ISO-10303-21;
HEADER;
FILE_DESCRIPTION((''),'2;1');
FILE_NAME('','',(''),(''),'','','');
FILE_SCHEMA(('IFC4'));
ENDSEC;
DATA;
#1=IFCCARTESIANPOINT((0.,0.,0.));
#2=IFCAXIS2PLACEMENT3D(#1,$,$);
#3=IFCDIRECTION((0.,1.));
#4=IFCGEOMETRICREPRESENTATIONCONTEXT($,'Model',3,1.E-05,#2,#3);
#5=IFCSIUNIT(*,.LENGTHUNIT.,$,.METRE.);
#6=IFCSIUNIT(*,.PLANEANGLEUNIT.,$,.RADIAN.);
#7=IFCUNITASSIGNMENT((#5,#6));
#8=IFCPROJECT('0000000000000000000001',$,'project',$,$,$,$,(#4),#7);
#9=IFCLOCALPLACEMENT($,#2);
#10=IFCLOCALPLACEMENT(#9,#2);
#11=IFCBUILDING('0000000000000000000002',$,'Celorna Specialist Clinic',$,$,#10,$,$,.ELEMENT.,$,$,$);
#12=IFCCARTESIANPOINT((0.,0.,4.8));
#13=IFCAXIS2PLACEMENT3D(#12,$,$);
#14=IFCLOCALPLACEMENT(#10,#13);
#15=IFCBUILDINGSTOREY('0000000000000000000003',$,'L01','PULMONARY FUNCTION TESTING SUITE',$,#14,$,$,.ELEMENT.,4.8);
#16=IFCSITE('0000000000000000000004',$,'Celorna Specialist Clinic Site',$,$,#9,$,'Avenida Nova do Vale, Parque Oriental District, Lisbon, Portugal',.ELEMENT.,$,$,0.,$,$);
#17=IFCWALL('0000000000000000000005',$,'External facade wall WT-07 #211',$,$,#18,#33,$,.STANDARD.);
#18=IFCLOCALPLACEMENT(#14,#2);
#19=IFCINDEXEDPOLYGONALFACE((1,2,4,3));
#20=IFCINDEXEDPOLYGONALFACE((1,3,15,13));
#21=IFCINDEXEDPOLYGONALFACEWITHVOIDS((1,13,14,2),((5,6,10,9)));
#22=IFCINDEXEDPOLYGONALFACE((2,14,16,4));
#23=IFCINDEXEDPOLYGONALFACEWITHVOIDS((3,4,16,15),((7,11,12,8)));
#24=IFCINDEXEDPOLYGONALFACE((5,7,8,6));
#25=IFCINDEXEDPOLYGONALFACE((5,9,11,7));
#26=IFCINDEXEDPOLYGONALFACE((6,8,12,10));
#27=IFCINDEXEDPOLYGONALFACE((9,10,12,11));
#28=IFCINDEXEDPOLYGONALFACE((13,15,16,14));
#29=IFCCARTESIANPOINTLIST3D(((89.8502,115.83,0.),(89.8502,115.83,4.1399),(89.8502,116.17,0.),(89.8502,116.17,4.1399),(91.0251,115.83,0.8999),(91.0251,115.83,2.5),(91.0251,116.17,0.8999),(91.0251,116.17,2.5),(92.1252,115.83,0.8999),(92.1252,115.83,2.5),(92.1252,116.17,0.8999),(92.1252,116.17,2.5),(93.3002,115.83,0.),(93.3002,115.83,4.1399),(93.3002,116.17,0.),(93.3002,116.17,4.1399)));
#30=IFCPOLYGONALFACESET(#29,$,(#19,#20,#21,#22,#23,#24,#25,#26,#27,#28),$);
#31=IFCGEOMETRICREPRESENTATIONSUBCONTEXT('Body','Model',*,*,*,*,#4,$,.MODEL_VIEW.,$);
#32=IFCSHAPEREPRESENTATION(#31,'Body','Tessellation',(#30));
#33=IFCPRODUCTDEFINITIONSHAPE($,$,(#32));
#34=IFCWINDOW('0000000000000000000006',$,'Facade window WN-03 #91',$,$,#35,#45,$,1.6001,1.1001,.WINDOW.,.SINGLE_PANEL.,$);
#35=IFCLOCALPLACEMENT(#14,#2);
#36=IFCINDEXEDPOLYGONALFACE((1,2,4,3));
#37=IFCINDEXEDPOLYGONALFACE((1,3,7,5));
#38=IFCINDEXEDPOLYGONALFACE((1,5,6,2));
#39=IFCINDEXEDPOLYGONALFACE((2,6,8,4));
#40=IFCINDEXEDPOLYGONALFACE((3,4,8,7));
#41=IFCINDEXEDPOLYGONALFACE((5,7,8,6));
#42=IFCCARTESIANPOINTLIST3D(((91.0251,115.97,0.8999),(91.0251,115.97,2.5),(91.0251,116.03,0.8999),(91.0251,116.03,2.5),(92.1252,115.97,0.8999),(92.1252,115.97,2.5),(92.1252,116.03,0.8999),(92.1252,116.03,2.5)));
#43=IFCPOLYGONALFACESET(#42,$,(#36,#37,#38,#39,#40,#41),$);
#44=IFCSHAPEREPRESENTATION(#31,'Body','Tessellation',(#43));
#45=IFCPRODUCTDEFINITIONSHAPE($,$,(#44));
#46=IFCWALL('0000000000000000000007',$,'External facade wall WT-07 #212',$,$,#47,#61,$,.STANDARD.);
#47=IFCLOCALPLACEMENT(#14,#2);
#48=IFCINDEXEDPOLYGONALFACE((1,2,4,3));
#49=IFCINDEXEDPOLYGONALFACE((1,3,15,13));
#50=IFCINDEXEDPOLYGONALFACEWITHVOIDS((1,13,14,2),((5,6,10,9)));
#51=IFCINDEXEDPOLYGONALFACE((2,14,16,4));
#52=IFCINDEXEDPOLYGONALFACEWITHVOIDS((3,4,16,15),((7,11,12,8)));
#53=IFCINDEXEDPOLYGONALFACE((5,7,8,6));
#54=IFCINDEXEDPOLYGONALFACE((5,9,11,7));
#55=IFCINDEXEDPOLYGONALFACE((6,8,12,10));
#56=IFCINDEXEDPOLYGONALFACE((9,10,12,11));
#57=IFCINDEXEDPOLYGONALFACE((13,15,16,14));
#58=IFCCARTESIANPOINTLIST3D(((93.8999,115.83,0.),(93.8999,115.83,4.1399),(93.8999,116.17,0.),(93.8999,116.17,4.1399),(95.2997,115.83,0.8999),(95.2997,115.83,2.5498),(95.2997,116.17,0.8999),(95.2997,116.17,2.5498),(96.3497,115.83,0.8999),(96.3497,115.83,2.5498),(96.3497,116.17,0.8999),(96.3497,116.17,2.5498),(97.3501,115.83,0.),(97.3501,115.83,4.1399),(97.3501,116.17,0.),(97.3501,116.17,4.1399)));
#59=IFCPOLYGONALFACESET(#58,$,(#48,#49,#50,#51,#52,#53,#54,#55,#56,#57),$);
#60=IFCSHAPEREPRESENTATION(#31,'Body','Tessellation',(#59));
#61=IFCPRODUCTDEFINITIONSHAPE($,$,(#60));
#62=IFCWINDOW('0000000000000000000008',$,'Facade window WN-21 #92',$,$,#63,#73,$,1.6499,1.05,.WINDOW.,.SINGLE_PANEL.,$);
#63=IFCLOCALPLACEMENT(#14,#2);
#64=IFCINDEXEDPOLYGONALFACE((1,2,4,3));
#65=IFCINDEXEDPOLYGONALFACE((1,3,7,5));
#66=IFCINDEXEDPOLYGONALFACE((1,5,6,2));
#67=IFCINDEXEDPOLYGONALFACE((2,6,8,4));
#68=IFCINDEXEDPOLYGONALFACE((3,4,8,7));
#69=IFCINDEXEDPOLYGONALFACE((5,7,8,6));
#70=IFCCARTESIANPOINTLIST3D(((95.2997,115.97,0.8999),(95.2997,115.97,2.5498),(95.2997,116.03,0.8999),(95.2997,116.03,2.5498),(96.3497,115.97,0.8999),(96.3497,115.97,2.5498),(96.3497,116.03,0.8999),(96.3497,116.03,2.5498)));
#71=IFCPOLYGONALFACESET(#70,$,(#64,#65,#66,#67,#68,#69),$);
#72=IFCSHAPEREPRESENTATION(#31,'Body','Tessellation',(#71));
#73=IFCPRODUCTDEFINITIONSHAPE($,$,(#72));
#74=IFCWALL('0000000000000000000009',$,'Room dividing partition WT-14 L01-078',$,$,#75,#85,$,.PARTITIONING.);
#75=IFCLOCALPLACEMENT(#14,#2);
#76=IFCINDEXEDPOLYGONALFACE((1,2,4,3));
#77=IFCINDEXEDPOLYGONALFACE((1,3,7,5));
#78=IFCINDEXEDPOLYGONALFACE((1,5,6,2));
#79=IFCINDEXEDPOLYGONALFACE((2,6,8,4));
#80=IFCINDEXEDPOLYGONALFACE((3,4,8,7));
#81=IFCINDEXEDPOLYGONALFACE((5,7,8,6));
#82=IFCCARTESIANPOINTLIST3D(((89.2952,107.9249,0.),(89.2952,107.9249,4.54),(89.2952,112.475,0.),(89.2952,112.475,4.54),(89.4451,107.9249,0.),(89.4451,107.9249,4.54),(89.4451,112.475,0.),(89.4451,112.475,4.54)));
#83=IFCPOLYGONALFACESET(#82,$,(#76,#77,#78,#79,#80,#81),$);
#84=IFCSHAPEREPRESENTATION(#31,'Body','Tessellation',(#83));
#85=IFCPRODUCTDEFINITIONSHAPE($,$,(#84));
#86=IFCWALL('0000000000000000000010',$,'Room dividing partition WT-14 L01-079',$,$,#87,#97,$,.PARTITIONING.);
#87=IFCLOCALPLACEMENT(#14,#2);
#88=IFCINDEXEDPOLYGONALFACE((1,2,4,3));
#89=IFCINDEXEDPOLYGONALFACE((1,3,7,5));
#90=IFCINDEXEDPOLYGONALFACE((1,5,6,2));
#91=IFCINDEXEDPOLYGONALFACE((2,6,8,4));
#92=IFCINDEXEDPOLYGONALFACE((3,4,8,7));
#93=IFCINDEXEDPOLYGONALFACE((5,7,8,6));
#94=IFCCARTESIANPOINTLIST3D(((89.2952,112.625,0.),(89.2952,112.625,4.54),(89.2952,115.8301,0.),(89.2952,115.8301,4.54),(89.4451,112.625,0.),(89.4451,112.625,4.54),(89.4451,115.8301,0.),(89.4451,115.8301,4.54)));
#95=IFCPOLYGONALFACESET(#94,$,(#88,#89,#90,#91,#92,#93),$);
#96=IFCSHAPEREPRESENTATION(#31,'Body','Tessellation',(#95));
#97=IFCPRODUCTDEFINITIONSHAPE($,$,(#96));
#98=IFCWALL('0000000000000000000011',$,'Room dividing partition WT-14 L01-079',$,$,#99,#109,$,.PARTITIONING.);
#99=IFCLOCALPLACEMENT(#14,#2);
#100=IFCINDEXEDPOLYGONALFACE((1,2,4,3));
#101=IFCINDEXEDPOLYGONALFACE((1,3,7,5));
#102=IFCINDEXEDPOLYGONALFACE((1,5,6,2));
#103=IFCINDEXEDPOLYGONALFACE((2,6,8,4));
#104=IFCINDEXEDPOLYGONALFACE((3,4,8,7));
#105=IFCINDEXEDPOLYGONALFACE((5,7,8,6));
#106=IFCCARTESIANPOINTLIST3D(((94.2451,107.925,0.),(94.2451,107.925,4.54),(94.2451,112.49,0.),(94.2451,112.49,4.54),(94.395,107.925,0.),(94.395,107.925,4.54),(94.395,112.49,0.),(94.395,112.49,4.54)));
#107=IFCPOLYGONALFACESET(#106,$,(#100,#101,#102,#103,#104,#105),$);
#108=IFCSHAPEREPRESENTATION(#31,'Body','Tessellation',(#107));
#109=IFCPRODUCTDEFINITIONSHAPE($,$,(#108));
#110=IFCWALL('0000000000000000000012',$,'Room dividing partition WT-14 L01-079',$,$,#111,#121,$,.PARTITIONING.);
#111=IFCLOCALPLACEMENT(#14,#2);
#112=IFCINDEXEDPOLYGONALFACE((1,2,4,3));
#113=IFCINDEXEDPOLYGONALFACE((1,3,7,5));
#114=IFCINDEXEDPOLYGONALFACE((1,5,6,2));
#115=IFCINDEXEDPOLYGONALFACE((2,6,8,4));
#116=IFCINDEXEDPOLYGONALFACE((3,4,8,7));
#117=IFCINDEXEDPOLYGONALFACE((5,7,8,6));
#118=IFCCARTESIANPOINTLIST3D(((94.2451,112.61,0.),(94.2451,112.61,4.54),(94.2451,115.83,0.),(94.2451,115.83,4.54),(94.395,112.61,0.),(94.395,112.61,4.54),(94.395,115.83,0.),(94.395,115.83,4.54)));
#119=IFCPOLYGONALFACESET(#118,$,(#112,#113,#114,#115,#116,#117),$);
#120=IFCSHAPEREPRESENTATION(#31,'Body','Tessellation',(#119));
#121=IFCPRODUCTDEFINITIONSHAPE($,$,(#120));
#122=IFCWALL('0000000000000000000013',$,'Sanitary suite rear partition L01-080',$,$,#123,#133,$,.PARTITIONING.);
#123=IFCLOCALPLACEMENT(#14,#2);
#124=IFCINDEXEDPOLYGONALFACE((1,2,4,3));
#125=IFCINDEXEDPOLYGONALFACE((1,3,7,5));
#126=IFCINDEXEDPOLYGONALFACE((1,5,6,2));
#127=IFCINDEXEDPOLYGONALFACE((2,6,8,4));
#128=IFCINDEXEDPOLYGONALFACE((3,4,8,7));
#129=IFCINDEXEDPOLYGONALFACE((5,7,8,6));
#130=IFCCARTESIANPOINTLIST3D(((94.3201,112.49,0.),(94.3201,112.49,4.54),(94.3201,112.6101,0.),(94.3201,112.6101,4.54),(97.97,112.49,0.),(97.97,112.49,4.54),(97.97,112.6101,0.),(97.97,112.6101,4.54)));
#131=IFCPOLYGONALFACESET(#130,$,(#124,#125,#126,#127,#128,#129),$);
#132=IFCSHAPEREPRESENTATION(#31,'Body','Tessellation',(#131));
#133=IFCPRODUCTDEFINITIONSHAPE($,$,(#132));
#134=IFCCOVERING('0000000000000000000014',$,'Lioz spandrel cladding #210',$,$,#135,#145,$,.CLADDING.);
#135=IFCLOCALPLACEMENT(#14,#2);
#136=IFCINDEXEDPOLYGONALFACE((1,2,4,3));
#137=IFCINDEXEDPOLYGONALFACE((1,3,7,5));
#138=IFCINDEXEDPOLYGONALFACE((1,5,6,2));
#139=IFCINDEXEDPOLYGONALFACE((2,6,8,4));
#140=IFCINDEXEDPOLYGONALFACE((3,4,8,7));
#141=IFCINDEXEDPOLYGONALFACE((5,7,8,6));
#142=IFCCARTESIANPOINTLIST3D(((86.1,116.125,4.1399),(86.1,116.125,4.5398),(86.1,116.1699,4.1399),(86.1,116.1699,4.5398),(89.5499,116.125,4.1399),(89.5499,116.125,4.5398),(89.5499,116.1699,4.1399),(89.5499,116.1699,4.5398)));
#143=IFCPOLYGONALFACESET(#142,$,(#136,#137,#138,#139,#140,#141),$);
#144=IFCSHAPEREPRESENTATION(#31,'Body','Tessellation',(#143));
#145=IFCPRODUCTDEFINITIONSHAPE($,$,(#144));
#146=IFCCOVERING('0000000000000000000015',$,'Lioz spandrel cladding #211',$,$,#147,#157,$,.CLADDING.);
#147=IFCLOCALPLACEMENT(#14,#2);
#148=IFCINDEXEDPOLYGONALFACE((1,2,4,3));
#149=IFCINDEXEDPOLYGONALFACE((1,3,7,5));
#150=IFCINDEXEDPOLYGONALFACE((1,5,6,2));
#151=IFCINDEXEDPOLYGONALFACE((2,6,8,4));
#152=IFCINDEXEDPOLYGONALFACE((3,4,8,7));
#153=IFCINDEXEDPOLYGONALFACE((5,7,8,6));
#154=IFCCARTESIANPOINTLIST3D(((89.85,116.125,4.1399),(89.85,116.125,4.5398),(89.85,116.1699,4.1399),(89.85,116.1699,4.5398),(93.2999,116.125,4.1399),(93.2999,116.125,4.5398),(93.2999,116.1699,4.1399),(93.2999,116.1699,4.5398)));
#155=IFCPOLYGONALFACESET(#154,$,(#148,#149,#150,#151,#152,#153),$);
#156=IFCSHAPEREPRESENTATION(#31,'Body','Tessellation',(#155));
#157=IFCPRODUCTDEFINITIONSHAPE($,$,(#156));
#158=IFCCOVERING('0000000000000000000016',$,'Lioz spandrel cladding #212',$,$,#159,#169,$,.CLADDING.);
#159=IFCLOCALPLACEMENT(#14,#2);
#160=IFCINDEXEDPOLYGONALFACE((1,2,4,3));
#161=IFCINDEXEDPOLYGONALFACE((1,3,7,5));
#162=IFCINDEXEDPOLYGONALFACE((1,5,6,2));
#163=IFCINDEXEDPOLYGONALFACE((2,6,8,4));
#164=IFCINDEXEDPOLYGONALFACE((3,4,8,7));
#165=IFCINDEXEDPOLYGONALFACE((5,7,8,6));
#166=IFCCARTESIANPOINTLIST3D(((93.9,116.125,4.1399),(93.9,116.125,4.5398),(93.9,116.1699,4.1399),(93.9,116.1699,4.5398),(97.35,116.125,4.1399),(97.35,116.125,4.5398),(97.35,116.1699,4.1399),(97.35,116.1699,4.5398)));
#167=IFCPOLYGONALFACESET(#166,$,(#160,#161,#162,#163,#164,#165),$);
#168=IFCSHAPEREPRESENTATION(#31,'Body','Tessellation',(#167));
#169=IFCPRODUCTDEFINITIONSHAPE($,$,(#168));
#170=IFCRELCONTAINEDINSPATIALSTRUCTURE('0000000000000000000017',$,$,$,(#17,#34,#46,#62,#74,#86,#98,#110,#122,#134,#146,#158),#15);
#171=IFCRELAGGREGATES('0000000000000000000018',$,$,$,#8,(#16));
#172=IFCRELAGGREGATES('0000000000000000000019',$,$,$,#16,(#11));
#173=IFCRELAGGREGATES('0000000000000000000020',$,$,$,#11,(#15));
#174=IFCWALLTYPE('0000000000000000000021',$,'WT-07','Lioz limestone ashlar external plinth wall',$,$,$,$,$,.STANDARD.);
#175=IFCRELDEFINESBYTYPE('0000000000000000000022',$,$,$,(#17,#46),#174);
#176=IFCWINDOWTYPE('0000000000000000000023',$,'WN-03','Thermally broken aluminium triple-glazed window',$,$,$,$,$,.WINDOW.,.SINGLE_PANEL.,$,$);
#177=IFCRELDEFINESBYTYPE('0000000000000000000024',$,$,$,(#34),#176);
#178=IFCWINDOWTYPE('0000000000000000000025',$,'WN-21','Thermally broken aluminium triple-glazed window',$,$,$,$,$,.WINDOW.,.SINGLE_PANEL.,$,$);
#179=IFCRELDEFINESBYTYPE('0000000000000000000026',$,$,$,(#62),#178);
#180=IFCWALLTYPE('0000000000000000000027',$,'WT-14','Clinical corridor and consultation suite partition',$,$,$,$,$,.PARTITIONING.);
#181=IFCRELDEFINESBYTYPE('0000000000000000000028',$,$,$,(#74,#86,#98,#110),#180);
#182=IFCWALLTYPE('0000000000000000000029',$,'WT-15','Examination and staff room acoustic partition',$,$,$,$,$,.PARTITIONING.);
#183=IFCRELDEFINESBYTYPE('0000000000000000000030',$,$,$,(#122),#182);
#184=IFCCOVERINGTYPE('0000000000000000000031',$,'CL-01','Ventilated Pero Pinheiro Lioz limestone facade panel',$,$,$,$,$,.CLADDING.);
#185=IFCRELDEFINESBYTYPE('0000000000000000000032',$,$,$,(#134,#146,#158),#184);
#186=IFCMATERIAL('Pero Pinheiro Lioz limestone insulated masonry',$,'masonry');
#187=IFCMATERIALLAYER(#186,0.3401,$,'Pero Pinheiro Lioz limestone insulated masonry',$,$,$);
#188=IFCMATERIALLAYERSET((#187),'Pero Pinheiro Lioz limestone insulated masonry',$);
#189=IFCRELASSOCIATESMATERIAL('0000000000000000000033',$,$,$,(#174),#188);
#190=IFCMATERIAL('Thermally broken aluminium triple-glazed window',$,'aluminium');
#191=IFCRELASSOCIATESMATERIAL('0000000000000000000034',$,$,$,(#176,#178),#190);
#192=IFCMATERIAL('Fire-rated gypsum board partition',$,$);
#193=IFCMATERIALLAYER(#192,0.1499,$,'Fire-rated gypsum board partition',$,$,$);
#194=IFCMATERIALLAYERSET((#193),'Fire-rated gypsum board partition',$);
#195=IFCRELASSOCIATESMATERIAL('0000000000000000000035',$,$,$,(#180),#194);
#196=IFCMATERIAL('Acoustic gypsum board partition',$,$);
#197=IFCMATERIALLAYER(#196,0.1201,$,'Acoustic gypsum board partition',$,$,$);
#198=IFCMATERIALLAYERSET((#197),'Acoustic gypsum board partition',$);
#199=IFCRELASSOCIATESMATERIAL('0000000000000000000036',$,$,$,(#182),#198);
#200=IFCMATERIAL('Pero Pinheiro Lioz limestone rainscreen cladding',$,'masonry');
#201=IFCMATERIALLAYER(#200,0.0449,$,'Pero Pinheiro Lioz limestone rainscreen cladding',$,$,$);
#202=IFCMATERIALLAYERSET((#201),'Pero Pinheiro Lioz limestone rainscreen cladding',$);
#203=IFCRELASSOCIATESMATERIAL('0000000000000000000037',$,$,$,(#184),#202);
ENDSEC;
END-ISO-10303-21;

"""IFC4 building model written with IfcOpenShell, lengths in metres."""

from ifc_helpers import new_model, si_unit, direction, frame, frame_2d, origin, origin_2d, place, context, subcontext, project, spatial, rectangle, extrude, material, layer, layer_set, type_object, element, fill, save


model = new_model("IFC4")

# Units and contexts
model_context = context("Model", 3, precision=1e-05, world=origin(), true_north=direction((0.0, 1.0)))
body_context = subcontext(model_context, "Body", "Model", "MODEL_VIEW")
ifc_project = project(units=[si_unit("LENGTHUNIT", "METRE"), si_unit("PLANEANGLEUNIT", "RADIAN")], contexts=[model_context])

# Site, building, storey
site_placement = place(None, origin())
site = spatial("IfcSite", under=ifc_project, at=site_placement, Name="Celorna Specialist Clinic Site", LongName="Avenida Nova do Vale, Parque Oriental District, Lisbon, Portugal", CompositionType="ELEMENT", RefElevation=0.0)
building_placement = place(site_placement, origin())
building = spatial("IfcBuilding", under=site, at=building_placement, Name="Celorna Specialist Clinic", CompositionType="ELEMENT")
storey_placement = place(building_placement, frame((0.0, 0.0, 4.8)))
storey = spatial("IfcBuildingStorey", under=building, at=storey_placement, Name="L01", Description="PULMONARY FUNCTION TESTING SUITE", CompositionType="ELEMENT", Elevation=4.8)

# Walls, openings, windows
ifc_material_1 = material(Name="Pero Pinheiro Lioz limestone insulated masonry", Category="masonry")
ifc_layer_1 = layer(ifc_material_1, 0.3401, Name="Pero Pinheiro Lioz limestone insulated masonry")
ifc_layer_set_1 = layer_set([ifc_layer_1], Name="Pero Pinheiro Lioz limestone insulated masonry")
wall_type_1 = type_object("IfcWallType", Name="WT-07", Description="Lioz limestone ashlar external plinth wall", PredefinedType="STANDARD", material=ifc_layer_set_1)
wall_1_placement = place(storey_placement, frame((89.8501, 116.0, 0.0), z_axis=(0.0, 0.0, 1.0), x_axis=(1.0, 0.0, 0.0)))
wall_1 = element("IfcWall", 1, at=wall_1_placement, inside=storey, type_object=wall_type_1, Name="External facade wall WT-07 #211", PredefinedType="STANDARD", context=body_context, shape_type="SweptSolid", body=[
    extrude(rectangle(XDim=3.45, YDim=0.3401, at=frame_2d((1.7251, 0.0))), origin(), (0.0, 0.0, 1.0), 4.1399),
])
opening_1_placement = place(wall_1_placement, frame((1.175, 0.0, 0.8999)))
opening_1 = element("IfcOpeningElement", 2, at=opening_1_placement, cuts=wall_1, PredefinedType="OPENING", context=body_context, shape_type="SweptSolid", body=[
    extrude(rectangle(XDim=1.1001, YDim=1.6001, at=frame_2d((0.55, 0.8))), frame((0.0, 0.1799, 0.0), z_axis=(0.0, -1.0, 0.0), x_axis=(1.0, 0.0, 0.0)), (0.0, 0.0, 1.0), 0.3601),
])
ifc_material_2 = material(Name="Thermally broken aluminium triple-glazed window", Category="aluminium")
window_type_1 = type_object("IfcWindowType", Name="WN-03", Description="Thermally broken aluminium triple-glazed window", PartitioningType="SINGLE_PANEL", PredefinedType="WINDOW", material=ifc_material_2)
window_1_placement = place(opening_1_placement, origin())
window_1 = element("IfcWindow", 3, at=window_1_placement, inside=storey, type_object=window_type_1, Name="Facade window WN-03 #91", OverallHeight=1.6001, OverallWidth=1.1001, PartitioningType="SINGLE_PANEL", PredefinedType="WINDOW", context=body_context, shape_type="SweptSolid", body=[
    extrude(rectangle(XDim=1.1001, YDim=1.6001, at=frame_2d((0.55, 0.8))), frame((0.0, 0.03, 0.0), z_axis=(0.0, -1.0, 0.0), x_axis=(1.0, 0.0, 0.0)), (0.0, 0.0, 1.0), 0.0601),
])
fill(opening_1, window_1)
wall_2_placement = place(storey_placement, frame((93.8999, 116.0, 0.0), z_axis=(0.0, 0.0, 1.0), x_axis=(1.0, 0.0, 0.0)))
wall_2 = element("IfcWall", 4, at=wall_2_placement, inside=storey, type_object=wall_type_1, Name="External facade wall WT-07 #212", PredefinedType="STANDARD", context=body_context, shape_type="SweptSolid", body=[
    extrude(rectangle(XDim=3.4502, YDim=0.3401, at=frame_2d((1.7251, 0.0))), origin(), (0.0, 0.0, 1.0), 4.1399),
])
opening_2_placement = place(wall_2_placement, frame((1.3999, 0.0, 0.8999)))
opening_2 = element("IfcOpeningElement", 5, at=opening_2_placement, cuts=wall_2, PredefinedType="OPENING", context=body_context, shape_type="SweptSolid", body=[
    extrude(rectangle(XDim=1.05, YDim=1.6499, at=frame_2d((0.5249, 0.825))), frame((0.0, 0.1799, 0.0), z_axis=(0.0, -1.0, 0.0), x_axis=(1.0, 0.0, 0.0)), (0.0, 0.0, 1.0), 0.3601),
])
window_type_2 = type_object("IfcWindowType", Name="WN-21", Description="Thermally broken aluminium triple-glazed window", PartitioningType="SINGLE_PANEL", PredefinedType="WINDOW", material=ifc_material_2)
window_2_placement = place(opening_2_placement, origin())
window_2 = element("IfcWindow", 6, at=window_2_placement, inside=storey, type_object=window_type_2, Name="Facade window WN-21 #92", OverallHeight=1.6499, OverallWidth=1.05, PartitioningType="SINGLE_PANEL", PredefinedType="WINDOW", context=body_context, shape_type="SweptSolid", body=[
    extrude(rectangle(XDim=1.05, YDim=1.6499, at=frame_2d((0.5249, 0.825))), frame((0.0, 0.03, 0.0), z_axis=(0.0, -1.0, 0.0), x_axis=(1.0, 0.0, 0.0)), (0.0, 0.0, 1.0), 0.0601),
])
fill(opening_2, window_2)

# Walls
ifc_material_3 = material(Name="Fire-rated gypsum board partition")
ifc_layer_2 = layer(ifc_material_3, 0.1499, Name="Fire-rated gypsum board partition")
ifc_layer_set_2 = layer_set([ifc_layer_2], Name="Fire-rated gypsum board partition")
wall_type_2 = type_object("IfcWallType", Name="WT-14", Description="Clinical corridor and consultation suite partition", PredefinedType="PARTITIONING", material=ifc_layer_set_2)
wall_3_placement = place(storey_placement, frame((89.3701, 107.925, 0.0), z_axis=(0.0, 0.0, 1.0), x_axis=(0.0, 1.0, 0.0)))
element("IfcWall", 7, at=wall_3_placement, inside=storey, type_object=wall_type_2, Name="Room dividing partition WT-14 L01-078", PredefinedType="PARTITIONING", context=body_context, shape_type="SweptSolid", body=[
    extrude(rectangle(XDim=4.55, YDim=0.1499, at=frame_2d((2.2749, 0.0))), origin(), (0.0, 0.0, 1.0), 4.54),
])
wall_4_placement = place(storey_placement, frame((89.3701, 112.625, 0.0), z_axis=(0.0, 0.0, 1.0), x_axis=(0.0, 1.0, 0.0)))
element("IfcWall", 8, at=wall_4_placement, inside=storey, type_object=wall_type_2, Name="Room dividing partition WT-14 L01-079", PredefinedType="PARTITIONING", context=body_context, shape_type="SweptSolid", body=[
    extrude(rectangle(XDim=3.2051, YDim=0.1499, at=frame_2d((1.6025, 0.0))), origin(), (0.0, 0.0, 1.0), 4.54),
])
wall_5_placement = place(storey_placement, frame((94.3201, 107.925, 0.0), z_axis=(0.0, 0.0, 1.0), x_axis=(0.0, 1.0, 0.0)))
element("IfcWall", 9, at=wall_5_placement, inside=storey, type_object=wall_type_2, Name="Room dividing partition WT-14 L01-079", PredefinedType="PARTITIONING", context=body_context, shape_type="SweptSolid", body=[
    extrude(rectangle(XDim=4.5649, YDim=0.1499, at=frame_2d((2.2825, 0.0))), origin(), (0.0, 0.0, 1.0), 4.54),
])
wall_6_placement = place(storey_placement, frame((94.3201, 112.6101, 0.0), z_axis=(0.0, 0.0, 1.0), x_axis=(0.0, 1.0, 0.0)))
element("IfcWall", 10, at=wall_6_placement, inside=storey, type_object=wall_type_2, Name="Room dividing partition WT-14 L01-079", PredefinedType="PARTITIONING", context=body_context, shape_type="SweptSolid", body=[
    extrude(rectangle(XDim=3.22, YDim=0.1499, at=frame_2d((1.6099, 0.0))), origin(), (0.0, 0.0, 1.0), 4.54),
])
ifc_material_4 = material(Name="Acoustic gypsum board partition")
ifc_layer_3 = layer(ifc_material_4, 0.1201, Name="Acoustic gypsum board partition")
ifc_layer_set_3 = layer_set([ifc_layer_3], Name="Acoustic gypsum board partition")
wall_type_3 = type_object("IfcWallType", Name="WT-15", Description="Examination and staff room acoustic partition", PredefinedType="PARTITIONING", material=ifc_layer_set_3)
wall_7_placement = place(storey_placement, frame((94.3201, 112.55, 0.0), z_axis=(0.0, 0.0, 1.0), x_axis=(1.0, 0.0, 0.0)))
element("IfcWall", 11, at=wall_7_placement, inside=storey, type_object=wall_type_3, Name="Sanitary suite rear partition L01-080", PredefinedType="PARTITIONING", context=body_context, shape_type="SweptSolid", body=[
    extrude(rectangle(XDim=3.6499, YDim=0.1201, at=frame_2d((1.825, 0.0))), origin(), (0.0, 0.0, 1.0), 4.54),
])

# Coverings
ifc_material_5 = material(Name="Pero Pinheiro Lioz limestone rainscreen cladding", Category="masonry")
ifc_layer_4 = layer(ifc_material_5, 0.0449, Name="Pero Pinheiro Lioz limestone rainscreen cladding")
ifc_layer_set_4 = layer_set([ifc_layer_4], Name="Pero Pinheiro Lioz limestone rainscreen cladding")
covering_type = type_object("IfcCoveringType", Name="CL-01", Description="Ventilated Pero Pinheiro Lioz limestone facade panel", PredefinedType="CLADDING", material=ifc_layer_set_4)
for number, where, z_axis, x_axis, name in (
    (12, (87.825, 116.1475, 4.1399), (0.0, 0.0, 1.0), (1.0, 0.0, 0.0), "Lioz spandrel cladding #210"),
    (13, (91.575, 116.1475, 4.1399), (0.0, 0.0, 1.0), (1.0, 0.0, 0.0), "Lioz spandrel cladding #211"),
    (14, (95.625, 116.1475, 4.1399), (0.0, 0.0, 1.0), (1.0, 0.0, 0.0), "Lioz spandrel cladding #212"),
):
    element("IfcCovering", number, at=place(storey_placement, frame(where, z_axis=z_axis, x_axis=x_axis)), inside=storey, type_object=covering_type, Name=name, PredefinedType="CLADDING", context=body_context, shape_type="SweptSolid", body=[
        extrude(rectangle(XDim=3.45, YDim=0.0449, at=origin_2d()), origin(), (0.0, 0.0, 1.0), 0.3999),
    ])

save(model, "model.ifc")
